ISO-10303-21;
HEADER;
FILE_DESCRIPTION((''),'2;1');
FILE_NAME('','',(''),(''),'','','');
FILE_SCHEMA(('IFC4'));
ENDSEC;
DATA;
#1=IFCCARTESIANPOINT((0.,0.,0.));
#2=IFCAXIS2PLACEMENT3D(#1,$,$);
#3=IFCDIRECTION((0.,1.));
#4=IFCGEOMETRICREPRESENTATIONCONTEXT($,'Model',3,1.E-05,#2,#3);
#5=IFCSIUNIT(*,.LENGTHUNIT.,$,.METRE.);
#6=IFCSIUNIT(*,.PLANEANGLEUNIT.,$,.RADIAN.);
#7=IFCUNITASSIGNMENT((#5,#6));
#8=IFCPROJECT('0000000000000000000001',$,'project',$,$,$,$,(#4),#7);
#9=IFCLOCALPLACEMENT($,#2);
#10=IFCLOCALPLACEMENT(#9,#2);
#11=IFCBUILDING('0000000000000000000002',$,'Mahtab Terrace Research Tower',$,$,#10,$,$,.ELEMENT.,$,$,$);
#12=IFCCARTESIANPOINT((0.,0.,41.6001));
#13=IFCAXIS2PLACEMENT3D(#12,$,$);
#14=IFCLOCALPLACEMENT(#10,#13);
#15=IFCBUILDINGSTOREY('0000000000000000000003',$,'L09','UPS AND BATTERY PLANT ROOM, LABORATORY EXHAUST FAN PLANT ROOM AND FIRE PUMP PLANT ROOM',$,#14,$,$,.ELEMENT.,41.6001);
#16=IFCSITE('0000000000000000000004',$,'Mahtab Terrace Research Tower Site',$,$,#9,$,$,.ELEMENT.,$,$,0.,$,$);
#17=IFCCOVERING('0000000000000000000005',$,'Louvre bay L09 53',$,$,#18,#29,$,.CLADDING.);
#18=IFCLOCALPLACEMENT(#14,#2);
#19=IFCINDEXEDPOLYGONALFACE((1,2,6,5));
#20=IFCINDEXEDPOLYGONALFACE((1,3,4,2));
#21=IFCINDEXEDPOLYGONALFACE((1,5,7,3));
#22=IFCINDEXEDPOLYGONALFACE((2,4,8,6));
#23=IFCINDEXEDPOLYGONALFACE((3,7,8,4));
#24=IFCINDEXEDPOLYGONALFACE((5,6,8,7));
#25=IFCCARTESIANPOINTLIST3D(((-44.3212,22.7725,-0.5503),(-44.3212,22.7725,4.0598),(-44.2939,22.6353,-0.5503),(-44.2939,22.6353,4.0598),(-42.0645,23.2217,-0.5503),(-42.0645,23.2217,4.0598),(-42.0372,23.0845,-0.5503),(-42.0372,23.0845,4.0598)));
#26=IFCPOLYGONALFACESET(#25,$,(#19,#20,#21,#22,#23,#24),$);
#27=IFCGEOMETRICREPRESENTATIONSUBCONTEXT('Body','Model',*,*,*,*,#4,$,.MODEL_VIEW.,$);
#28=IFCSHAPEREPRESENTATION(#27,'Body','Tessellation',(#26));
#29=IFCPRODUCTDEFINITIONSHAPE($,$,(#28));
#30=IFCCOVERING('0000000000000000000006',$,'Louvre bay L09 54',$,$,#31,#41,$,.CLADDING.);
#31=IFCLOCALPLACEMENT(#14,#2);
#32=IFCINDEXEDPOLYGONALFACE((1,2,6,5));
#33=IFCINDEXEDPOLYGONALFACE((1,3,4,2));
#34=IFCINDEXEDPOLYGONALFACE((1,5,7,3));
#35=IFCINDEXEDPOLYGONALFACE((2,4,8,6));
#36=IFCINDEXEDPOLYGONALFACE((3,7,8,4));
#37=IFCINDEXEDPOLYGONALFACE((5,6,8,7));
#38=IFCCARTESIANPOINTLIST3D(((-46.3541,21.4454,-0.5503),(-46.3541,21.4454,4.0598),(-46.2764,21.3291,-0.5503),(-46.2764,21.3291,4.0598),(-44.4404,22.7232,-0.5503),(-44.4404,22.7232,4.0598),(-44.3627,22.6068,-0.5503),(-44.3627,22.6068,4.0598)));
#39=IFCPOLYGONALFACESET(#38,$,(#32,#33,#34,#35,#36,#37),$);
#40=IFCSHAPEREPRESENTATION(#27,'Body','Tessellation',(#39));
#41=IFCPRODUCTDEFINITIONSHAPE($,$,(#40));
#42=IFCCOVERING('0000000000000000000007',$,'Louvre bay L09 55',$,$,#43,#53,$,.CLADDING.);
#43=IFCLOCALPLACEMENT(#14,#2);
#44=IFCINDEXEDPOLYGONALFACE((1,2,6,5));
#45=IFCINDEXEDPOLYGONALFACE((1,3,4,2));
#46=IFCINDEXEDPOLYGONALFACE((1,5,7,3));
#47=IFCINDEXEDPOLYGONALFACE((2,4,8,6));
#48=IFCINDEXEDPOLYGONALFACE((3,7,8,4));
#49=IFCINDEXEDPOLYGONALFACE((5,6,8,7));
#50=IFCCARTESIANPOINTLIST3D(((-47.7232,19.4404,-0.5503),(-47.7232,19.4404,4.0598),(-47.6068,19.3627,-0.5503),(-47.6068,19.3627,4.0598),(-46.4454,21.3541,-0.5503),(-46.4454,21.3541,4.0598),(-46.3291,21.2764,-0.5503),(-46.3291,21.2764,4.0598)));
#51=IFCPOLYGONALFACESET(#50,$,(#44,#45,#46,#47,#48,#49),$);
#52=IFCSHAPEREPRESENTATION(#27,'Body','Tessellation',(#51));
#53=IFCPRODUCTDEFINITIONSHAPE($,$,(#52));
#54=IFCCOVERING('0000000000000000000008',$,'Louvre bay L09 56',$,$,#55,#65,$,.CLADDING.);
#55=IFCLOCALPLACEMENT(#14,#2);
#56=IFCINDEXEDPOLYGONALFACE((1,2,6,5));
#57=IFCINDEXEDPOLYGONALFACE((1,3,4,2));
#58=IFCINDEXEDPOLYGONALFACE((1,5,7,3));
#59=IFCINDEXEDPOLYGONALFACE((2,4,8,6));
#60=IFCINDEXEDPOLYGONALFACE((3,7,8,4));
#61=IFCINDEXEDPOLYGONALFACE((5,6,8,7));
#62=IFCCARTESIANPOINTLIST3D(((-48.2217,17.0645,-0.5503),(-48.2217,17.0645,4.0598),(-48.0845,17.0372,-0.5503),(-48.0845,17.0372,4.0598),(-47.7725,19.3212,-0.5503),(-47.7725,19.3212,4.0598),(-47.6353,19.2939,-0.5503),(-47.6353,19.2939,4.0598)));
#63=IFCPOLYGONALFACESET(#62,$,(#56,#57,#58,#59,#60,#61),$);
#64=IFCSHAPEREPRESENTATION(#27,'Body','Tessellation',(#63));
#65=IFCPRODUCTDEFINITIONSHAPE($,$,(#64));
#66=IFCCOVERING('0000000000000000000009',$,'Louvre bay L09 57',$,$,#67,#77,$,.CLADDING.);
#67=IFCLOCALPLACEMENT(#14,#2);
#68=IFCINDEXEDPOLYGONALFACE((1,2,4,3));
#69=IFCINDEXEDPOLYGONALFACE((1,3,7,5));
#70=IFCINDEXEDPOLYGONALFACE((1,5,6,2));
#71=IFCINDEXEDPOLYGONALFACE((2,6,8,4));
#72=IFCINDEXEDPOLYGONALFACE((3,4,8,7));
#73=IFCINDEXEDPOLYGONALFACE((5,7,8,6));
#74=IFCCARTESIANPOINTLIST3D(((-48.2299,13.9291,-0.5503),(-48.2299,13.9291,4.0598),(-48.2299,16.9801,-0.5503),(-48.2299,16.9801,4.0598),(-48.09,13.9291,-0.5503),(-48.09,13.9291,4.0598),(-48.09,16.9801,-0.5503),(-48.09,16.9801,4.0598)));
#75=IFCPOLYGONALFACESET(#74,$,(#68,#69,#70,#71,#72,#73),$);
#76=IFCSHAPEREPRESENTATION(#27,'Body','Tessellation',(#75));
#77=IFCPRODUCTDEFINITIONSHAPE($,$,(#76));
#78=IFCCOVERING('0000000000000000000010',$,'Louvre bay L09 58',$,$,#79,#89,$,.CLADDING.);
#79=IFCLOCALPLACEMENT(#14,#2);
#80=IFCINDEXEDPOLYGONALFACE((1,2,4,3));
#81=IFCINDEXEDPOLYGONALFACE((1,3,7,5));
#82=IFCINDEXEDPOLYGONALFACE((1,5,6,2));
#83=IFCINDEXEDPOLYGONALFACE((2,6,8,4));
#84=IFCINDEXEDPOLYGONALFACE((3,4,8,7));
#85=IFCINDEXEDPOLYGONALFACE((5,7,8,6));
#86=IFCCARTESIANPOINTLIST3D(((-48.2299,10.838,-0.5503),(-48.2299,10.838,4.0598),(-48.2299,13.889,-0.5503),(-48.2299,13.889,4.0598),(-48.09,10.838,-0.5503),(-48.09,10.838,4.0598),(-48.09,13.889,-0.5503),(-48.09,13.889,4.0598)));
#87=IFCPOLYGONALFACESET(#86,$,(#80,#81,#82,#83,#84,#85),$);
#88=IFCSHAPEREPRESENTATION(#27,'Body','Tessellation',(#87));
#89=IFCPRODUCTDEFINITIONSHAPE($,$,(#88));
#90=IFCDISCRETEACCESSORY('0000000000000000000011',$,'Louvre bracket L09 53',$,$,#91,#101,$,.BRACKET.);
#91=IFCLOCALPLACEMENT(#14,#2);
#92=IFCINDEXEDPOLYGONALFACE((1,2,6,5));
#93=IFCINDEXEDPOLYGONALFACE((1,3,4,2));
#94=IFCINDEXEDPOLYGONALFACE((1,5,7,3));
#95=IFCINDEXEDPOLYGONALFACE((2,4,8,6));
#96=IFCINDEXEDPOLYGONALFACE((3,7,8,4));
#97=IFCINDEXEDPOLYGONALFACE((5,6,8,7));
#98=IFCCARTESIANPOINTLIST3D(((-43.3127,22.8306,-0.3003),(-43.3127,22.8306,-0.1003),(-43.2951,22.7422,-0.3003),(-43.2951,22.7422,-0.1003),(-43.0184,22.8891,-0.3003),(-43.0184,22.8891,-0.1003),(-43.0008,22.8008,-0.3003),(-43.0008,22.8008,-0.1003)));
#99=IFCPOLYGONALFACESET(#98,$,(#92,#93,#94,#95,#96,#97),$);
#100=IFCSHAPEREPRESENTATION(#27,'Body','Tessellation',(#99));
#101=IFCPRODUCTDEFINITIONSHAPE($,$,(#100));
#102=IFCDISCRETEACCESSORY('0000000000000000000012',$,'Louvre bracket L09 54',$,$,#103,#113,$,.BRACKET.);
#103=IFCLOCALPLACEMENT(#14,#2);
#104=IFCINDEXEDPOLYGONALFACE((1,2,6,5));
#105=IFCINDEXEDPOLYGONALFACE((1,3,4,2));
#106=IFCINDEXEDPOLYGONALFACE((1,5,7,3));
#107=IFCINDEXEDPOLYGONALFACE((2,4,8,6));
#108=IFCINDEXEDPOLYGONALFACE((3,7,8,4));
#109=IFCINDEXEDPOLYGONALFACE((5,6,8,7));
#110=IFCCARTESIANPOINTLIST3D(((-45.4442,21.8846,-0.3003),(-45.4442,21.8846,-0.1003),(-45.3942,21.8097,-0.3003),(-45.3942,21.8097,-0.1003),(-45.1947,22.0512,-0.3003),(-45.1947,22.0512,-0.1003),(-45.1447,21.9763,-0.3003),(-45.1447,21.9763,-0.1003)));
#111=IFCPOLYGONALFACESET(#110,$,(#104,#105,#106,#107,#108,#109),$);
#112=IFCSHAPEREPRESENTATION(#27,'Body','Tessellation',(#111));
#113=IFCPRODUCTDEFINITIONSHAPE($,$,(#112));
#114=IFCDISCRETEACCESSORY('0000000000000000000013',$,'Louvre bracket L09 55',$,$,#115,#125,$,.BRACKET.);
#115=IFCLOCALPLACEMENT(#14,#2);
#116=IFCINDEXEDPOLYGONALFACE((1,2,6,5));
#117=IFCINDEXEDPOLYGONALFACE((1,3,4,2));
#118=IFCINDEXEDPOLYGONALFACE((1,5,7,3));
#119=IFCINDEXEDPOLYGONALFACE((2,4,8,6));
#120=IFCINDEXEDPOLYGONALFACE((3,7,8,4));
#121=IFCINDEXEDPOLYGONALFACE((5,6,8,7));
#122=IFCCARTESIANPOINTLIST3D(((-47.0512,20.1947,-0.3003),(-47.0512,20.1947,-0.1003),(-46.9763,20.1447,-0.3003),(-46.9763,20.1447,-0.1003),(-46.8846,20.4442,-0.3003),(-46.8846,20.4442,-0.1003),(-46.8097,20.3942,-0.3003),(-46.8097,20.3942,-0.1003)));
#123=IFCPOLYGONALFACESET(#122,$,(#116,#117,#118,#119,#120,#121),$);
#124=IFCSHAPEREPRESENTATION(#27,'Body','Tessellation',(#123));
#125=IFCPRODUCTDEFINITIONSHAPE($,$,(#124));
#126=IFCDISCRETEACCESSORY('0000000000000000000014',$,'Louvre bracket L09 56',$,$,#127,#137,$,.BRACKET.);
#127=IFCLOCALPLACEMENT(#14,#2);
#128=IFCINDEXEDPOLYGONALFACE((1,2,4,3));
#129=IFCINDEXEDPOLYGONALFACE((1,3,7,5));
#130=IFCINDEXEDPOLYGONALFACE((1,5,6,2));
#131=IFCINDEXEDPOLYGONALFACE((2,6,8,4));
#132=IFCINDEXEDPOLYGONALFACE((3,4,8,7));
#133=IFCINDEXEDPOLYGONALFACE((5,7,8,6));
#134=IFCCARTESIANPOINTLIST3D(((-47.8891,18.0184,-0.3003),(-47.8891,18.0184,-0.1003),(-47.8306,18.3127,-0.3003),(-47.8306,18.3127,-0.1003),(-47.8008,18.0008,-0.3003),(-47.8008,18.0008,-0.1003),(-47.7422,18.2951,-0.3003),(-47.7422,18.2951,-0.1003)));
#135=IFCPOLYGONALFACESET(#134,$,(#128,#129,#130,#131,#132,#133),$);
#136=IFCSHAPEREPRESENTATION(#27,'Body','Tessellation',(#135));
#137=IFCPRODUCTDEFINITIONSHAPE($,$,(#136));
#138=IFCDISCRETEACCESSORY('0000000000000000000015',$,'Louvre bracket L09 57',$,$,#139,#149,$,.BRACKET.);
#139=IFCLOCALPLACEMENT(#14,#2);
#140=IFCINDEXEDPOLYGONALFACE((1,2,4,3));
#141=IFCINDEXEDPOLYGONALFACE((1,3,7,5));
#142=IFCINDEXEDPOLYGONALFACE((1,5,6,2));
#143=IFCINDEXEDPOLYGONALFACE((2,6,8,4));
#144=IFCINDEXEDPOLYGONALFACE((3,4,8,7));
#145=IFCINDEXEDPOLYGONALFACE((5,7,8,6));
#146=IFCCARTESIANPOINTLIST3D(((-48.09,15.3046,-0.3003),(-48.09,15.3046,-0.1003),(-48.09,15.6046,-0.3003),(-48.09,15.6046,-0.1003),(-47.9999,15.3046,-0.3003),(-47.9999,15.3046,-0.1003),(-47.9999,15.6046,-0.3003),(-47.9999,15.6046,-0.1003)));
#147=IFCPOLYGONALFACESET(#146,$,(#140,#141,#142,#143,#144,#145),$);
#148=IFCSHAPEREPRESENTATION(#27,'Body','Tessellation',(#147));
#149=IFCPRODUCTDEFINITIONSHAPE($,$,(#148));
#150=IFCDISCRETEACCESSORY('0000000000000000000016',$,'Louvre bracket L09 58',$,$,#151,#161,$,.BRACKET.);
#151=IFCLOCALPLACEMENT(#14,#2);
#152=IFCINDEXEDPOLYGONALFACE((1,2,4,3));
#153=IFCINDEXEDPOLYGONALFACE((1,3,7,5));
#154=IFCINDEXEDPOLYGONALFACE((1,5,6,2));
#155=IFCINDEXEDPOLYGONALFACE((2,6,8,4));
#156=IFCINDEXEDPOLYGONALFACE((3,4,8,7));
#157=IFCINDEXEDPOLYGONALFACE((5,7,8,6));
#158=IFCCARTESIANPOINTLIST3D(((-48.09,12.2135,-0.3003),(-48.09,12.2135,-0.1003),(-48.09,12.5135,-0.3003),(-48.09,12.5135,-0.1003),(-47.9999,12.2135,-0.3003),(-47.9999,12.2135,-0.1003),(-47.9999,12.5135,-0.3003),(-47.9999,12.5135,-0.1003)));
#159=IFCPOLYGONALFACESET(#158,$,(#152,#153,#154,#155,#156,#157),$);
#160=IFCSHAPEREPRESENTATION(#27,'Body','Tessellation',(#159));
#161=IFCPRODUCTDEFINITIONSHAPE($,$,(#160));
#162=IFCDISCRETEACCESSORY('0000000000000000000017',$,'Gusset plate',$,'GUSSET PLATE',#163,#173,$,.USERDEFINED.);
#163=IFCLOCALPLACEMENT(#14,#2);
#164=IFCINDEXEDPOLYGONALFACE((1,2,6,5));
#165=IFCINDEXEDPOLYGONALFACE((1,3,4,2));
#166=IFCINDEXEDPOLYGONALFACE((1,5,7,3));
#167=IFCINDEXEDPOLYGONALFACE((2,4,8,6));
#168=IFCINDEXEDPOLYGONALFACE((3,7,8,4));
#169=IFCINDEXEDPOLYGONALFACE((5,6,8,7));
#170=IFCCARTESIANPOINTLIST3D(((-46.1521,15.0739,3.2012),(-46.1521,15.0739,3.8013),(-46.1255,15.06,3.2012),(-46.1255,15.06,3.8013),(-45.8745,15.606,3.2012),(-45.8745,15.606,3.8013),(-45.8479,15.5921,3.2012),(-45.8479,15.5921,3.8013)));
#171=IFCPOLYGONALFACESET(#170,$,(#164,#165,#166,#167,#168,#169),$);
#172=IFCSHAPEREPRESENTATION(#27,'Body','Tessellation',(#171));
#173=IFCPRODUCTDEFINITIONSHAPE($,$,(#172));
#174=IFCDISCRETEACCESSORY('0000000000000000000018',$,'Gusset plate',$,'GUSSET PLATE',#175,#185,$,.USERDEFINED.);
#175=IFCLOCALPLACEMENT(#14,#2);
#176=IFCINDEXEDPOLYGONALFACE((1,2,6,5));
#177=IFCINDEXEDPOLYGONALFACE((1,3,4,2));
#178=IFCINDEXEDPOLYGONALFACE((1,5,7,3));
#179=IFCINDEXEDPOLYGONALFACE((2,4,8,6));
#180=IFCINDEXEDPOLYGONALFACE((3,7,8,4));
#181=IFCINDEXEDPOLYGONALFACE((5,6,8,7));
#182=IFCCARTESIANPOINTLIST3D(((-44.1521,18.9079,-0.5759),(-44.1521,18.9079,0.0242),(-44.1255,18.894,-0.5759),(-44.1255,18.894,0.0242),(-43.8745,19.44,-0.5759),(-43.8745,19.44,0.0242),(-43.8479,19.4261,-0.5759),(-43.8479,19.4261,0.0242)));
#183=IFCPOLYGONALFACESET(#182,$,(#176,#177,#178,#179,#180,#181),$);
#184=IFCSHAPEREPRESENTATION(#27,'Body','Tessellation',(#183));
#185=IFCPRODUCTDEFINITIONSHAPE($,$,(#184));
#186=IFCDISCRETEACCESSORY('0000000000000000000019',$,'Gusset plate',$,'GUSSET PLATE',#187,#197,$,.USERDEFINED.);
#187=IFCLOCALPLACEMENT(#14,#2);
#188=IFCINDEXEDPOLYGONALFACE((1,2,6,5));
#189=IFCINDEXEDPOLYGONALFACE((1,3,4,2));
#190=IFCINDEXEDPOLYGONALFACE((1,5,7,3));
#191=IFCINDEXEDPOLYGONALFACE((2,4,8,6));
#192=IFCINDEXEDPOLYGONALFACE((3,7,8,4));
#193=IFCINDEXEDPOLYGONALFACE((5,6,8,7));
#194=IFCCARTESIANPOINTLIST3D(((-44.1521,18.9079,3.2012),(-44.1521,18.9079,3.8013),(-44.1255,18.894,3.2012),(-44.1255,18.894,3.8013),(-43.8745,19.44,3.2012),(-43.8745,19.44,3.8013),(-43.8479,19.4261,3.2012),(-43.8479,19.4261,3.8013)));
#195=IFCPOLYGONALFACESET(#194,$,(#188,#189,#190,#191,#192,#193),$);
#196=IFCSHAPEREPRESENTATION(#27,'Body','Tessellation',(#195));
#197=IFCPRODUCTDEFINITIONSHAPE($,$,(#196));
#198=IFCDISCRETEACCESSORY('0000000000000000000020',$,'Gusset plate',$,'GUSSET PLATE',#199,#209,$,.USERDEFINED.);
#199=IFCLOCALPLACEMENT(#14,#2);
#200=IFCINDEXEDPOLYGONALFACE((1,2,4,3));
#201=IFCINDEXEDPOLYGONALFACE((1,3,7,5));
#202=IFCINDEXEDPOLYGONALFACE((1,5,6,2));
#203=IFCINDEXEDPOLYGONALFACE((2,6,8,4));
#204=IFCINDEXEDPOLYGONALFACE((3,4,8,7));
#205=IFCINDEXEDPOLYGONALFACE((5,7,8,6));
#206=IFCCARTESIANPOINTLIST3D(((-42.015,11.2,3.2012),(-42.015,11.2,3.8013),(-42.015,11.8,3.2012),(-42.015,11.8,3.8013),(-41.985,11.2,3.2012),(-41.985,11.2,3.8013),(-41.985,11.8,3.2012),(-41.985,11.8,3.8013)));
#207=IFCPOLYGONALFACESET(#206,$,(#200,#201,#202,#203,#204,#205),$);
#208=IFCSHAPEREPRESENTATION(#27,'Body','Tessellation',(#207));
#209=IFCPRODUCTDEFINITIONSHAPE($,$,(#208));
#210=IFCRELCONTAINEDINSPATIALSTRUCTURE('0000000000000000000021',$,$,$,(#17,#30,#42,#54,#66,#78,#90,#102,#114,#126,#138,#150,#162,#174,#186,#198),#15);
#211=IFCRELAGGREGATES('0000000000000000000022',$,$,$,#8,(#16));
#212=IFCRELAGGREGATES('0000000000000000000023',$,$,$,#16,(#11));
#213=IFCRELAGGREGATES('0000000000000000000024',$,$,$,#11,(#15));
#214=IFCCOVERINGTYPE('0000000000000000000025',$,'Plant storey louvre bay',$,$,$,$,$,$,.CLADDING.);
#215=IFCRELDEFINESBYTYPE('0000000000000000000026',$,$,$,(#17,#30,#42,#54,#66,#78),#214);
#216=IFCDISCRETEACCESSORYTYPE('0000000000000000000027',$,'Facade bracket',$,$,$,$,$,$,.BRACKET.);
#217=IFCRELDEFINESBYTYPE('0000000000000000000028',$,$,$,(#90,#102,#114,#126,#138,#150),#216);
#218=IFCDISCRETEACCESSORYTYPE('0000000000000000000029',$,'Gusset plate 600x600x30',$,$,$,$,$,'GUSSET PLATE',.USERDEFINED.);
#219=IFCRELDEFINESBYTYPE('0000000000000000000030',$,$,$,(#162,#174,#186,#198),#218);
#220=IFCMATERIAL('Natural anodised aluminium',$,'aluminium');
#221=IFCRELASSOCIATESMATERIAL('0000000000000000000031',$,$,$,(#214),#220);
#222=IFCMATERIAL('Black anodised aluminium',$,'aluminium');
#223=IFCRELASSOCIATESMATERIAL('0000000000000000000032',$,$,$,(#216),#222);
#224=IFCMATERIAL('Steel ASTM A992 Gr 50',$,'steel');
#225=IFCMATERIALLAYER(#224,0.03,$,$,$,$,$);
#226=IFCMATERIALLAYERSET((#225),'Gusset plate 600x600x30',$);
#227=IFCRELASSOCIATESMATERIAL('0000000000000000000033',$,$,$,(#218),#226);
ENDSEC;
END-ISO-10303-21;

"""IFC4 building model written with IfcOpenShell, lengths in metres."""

from ifc_helpers import new_model, si_unit, direction, frame, origin, origin_2d, place, context, subcontext, project, spatial, rectangle, extrude, material, layer, layer_set, type_object, element, save


model = new_model("IFC4")

# Units and contexts
model_context = context("Model", 3, precision=1e-05, world=origin(), true_north=direction((0.0, 1.0)))
body_context = subcontext(model_context, "Body", "Model", "MODEL_VIEW")
ifc_project = project(units=[si_unit("LENGTHUNIT", "METRE"), si_unit("PLANEANGLEUNIT", "RADIAN")], contexts=[model_context])

# Site, building, storey
site_placement = place(None, origin())
site = spatial("IfcSite", under=ifc_project, at=site_placement, Name="Mahtab Terrace Research Tower Site", CompositionType="ELEMENT", RefElevation=0.0)
building_placement = place(site_placement, origin())
building = spatial("IfcBuilding", under=site, at=building_placement, Name="Mahtab Terrace Research Tower", CompositionType="ELEMENT")
storey_placement = place(building_placement, frame((0.0, 0.0, 41.6001)))
storey = spatial("IfcBuildingStorey", under=building, at=storey_placement, Name="L09", Description="UPS AND BATTERY PLANT ROOM, LABORATORY EXHAUST FAN PLANT ROOM AND FIRE PUMP PLANT ROOM", CompositionType="ELEMENT", Elevation=41.6001)

# Shared definitions
ifc_material_1 = material(Name="Steel ASTM A992 Gr 50", Category="steel")

# Coverings
ifc_material_2 = material(Name="Natural anodised aluminium", Category="aluminium")
covering_type = type_object("IfcCoveringType", Name="Plant storey louvre bay", PredefinedType="CLADDING", material=ifc_material_2)
for number, where, z_axis, x_axis, name in (
    (1, (-43.1792, 22.9285, -0.5503), (0.0, 0.0, 1.0), (-0.980761, -0.195212, 0.0), "Louvre bay L09 53"),
    (2, (-45.3584, 22.0261, -0.5503), (0.0, 0.0, 1.0), (-0.831656, -0.555291, 0.0), "Louvre bay L09 54"),
    (3, (-47.0261, 20.3584, -0.5503), (0.0, 0.0, 1.0), (-0.555291, -0.831656, 0.0), "Louvre bay L09 55"),
    (4, (-47.9285, 18.1792, -0.5503), (0.0, 0.0, 1.0), (-0.195212, -0.980761, 0.0), "Louvre bay L09 56"),
):
    element("IfcCovering", number, at=place(storey_placement, frame(where, z_axis=z_axis, x_axis=x_axis)), inside=storey, type_object=covering_type, Name=name, PredefinedType="CLADDING", context=body_context, shape_type="SweptSolid", body=[
        extrude(rectangle(XDim=2.301, YDim=0.1399, at=origin_2d()), origin(), (0.0, 0.0, 1.0), 4.6101),
    ])
for number, where, z_axis, x_axis, name in (
    (5, (-48.1599, 15.4546, -0.5503), (0.0, 0.0, 1.0), (0.0, -1.0, 0.0), "Louvre bay L09 57"),
    (6, (-48.1599, 12.3635, -0.5503), (0.0, 0.0, 1.0), (0.0, -1.0, 0.0), "Louvre bay L09 58"),
):
    element("IfcCovering", number, at=place(storey_placement, frame(where, z_axis=z_axis, x_axis=x_axis)), inside=storey, type_object=covering_type, Name=name, PredefinedType="CLADDING", context=body_context, shape_type="SweptSolid", body=[
        extrude(rectangle(XDim=3.051, YDim=0.1399, at=origin_2d()), origin(), (0.0, 0.0, 1.0), 4.6101),
    ])

# Discrete accessories
ifc_material_3 = material(Name="Black anodised aluminium", Category="aluminium")
discrete_accessory_type_1 = type_object("IfcDiscreteAccessoryType", Name="Facade bracket", PredefinedType="BRACKET", material=ifc_material_3)
for number, where, z_axis, x_axis, name in (
    (7, (-43.1567, 22.8157, -0.3003), (0.0, 0.0, 1.0), (-0.980761, -0.195212, 0.0), "Louvre bracket L09 53"),
    (8, (-45.2944, 21.9304, -0.3003), (0.0, 0.0, 1.0), (-0.831656, -0.555291, 0.0), "Louvre bracket L09 54"),
    (9, (-46.9304, 20.2944, -0.3003), (0.0, 0.0, 1.0), (-0.555291, -0.831656, 0.0), "Louvre bracket L09 55"),
    (10, (-47.8157, 18.1567, -0.3003), (0.0, 0.0, 1.0), (-0.195212, -0.980761, 0.0), "Louvre bracket L09 56"),
    (11, (-48.0449, 15.4546, -0.3003), (0.0, 0.0, 1.0), (0.0, -1.0, 0.0), "Louvre bracket L09 57"),
    (12, (-48.0449, 12.3635, -0.3003), (0.0, 0.0, 1.0), (0.0, -1.0, 0.0), "Louvre bracket L09 58"),
):
    element("IfcDiscreteAccessory", number, at=place(storey_placement, frame(where, z_axis=z_axis, x_axis=x_axis)), inside=storey, type_object=discrete_accessory_type_1, Name=name, PredefinedType="BRACKET", context=body_context, shape_type="SweptSolid", body=[
        extrude(rectangle(XDim=0.3, YDim=0.0901, at=origin_2d()), origin(), (0.0, 0.0, 1.0), 0.2),
    ])
ifc_layer_1 = layer(ifc_material_1, 0.03)
ifc_layer_set_1 = layer_set([ifc_layer_1], Name="Gusset plate 600x600x30")
discrete_accessory_type_2 = type_object("IfcDiscreteAccessoryType", Name="Gusset plate 600x600x30", ElementType="GUSSET PLATE", PredefinedType="USERDEFINED", material=ifc_layer_set_1)
for number, where, z_axis, x_axis, name in (
    (13, (-46.0, 15.333, 3.2012), (0.0, 0.0, 1.0), (0.4626, 0.886567, 0.0), "Gusset plate"),
    (14, (-44.0, 19.167, -0.5759), (0.0, 0.0, 1.0), (0.462507, 0.886616, 0.0), "Gusset plate"),
    (15, (-44.0, 19.167, 3.2012), (0.0, 0.0, 1.0), (0.4626, 0.886567, 0.0), "Gusset plate"),
    (16, (-42.0, 11.5, 3.2012), (0.0, 0.0, 1.0), (0.0, 1.0, 0.0), "Gusset plate"),
):
    element("IfcDiscreteAccessory", number, at=place(storey_placement, frame(where, z_axis=z_axis, x_axis=x_axis)), inside=storey, type_object=discrete_accessory_type_2, Name=name, ObjectType="GUSSET PLATE", PredefinedType="USERDEFINED", context=body_context, shape_type="SweptSolid", body=[
        extrude(rectangle(XDim=0.6001, YDim=0.03, at=origin_2d()), origin(), (0.0, 0.0, 1.0), 0.6001),
    ])

save(model, "model.ifc")
